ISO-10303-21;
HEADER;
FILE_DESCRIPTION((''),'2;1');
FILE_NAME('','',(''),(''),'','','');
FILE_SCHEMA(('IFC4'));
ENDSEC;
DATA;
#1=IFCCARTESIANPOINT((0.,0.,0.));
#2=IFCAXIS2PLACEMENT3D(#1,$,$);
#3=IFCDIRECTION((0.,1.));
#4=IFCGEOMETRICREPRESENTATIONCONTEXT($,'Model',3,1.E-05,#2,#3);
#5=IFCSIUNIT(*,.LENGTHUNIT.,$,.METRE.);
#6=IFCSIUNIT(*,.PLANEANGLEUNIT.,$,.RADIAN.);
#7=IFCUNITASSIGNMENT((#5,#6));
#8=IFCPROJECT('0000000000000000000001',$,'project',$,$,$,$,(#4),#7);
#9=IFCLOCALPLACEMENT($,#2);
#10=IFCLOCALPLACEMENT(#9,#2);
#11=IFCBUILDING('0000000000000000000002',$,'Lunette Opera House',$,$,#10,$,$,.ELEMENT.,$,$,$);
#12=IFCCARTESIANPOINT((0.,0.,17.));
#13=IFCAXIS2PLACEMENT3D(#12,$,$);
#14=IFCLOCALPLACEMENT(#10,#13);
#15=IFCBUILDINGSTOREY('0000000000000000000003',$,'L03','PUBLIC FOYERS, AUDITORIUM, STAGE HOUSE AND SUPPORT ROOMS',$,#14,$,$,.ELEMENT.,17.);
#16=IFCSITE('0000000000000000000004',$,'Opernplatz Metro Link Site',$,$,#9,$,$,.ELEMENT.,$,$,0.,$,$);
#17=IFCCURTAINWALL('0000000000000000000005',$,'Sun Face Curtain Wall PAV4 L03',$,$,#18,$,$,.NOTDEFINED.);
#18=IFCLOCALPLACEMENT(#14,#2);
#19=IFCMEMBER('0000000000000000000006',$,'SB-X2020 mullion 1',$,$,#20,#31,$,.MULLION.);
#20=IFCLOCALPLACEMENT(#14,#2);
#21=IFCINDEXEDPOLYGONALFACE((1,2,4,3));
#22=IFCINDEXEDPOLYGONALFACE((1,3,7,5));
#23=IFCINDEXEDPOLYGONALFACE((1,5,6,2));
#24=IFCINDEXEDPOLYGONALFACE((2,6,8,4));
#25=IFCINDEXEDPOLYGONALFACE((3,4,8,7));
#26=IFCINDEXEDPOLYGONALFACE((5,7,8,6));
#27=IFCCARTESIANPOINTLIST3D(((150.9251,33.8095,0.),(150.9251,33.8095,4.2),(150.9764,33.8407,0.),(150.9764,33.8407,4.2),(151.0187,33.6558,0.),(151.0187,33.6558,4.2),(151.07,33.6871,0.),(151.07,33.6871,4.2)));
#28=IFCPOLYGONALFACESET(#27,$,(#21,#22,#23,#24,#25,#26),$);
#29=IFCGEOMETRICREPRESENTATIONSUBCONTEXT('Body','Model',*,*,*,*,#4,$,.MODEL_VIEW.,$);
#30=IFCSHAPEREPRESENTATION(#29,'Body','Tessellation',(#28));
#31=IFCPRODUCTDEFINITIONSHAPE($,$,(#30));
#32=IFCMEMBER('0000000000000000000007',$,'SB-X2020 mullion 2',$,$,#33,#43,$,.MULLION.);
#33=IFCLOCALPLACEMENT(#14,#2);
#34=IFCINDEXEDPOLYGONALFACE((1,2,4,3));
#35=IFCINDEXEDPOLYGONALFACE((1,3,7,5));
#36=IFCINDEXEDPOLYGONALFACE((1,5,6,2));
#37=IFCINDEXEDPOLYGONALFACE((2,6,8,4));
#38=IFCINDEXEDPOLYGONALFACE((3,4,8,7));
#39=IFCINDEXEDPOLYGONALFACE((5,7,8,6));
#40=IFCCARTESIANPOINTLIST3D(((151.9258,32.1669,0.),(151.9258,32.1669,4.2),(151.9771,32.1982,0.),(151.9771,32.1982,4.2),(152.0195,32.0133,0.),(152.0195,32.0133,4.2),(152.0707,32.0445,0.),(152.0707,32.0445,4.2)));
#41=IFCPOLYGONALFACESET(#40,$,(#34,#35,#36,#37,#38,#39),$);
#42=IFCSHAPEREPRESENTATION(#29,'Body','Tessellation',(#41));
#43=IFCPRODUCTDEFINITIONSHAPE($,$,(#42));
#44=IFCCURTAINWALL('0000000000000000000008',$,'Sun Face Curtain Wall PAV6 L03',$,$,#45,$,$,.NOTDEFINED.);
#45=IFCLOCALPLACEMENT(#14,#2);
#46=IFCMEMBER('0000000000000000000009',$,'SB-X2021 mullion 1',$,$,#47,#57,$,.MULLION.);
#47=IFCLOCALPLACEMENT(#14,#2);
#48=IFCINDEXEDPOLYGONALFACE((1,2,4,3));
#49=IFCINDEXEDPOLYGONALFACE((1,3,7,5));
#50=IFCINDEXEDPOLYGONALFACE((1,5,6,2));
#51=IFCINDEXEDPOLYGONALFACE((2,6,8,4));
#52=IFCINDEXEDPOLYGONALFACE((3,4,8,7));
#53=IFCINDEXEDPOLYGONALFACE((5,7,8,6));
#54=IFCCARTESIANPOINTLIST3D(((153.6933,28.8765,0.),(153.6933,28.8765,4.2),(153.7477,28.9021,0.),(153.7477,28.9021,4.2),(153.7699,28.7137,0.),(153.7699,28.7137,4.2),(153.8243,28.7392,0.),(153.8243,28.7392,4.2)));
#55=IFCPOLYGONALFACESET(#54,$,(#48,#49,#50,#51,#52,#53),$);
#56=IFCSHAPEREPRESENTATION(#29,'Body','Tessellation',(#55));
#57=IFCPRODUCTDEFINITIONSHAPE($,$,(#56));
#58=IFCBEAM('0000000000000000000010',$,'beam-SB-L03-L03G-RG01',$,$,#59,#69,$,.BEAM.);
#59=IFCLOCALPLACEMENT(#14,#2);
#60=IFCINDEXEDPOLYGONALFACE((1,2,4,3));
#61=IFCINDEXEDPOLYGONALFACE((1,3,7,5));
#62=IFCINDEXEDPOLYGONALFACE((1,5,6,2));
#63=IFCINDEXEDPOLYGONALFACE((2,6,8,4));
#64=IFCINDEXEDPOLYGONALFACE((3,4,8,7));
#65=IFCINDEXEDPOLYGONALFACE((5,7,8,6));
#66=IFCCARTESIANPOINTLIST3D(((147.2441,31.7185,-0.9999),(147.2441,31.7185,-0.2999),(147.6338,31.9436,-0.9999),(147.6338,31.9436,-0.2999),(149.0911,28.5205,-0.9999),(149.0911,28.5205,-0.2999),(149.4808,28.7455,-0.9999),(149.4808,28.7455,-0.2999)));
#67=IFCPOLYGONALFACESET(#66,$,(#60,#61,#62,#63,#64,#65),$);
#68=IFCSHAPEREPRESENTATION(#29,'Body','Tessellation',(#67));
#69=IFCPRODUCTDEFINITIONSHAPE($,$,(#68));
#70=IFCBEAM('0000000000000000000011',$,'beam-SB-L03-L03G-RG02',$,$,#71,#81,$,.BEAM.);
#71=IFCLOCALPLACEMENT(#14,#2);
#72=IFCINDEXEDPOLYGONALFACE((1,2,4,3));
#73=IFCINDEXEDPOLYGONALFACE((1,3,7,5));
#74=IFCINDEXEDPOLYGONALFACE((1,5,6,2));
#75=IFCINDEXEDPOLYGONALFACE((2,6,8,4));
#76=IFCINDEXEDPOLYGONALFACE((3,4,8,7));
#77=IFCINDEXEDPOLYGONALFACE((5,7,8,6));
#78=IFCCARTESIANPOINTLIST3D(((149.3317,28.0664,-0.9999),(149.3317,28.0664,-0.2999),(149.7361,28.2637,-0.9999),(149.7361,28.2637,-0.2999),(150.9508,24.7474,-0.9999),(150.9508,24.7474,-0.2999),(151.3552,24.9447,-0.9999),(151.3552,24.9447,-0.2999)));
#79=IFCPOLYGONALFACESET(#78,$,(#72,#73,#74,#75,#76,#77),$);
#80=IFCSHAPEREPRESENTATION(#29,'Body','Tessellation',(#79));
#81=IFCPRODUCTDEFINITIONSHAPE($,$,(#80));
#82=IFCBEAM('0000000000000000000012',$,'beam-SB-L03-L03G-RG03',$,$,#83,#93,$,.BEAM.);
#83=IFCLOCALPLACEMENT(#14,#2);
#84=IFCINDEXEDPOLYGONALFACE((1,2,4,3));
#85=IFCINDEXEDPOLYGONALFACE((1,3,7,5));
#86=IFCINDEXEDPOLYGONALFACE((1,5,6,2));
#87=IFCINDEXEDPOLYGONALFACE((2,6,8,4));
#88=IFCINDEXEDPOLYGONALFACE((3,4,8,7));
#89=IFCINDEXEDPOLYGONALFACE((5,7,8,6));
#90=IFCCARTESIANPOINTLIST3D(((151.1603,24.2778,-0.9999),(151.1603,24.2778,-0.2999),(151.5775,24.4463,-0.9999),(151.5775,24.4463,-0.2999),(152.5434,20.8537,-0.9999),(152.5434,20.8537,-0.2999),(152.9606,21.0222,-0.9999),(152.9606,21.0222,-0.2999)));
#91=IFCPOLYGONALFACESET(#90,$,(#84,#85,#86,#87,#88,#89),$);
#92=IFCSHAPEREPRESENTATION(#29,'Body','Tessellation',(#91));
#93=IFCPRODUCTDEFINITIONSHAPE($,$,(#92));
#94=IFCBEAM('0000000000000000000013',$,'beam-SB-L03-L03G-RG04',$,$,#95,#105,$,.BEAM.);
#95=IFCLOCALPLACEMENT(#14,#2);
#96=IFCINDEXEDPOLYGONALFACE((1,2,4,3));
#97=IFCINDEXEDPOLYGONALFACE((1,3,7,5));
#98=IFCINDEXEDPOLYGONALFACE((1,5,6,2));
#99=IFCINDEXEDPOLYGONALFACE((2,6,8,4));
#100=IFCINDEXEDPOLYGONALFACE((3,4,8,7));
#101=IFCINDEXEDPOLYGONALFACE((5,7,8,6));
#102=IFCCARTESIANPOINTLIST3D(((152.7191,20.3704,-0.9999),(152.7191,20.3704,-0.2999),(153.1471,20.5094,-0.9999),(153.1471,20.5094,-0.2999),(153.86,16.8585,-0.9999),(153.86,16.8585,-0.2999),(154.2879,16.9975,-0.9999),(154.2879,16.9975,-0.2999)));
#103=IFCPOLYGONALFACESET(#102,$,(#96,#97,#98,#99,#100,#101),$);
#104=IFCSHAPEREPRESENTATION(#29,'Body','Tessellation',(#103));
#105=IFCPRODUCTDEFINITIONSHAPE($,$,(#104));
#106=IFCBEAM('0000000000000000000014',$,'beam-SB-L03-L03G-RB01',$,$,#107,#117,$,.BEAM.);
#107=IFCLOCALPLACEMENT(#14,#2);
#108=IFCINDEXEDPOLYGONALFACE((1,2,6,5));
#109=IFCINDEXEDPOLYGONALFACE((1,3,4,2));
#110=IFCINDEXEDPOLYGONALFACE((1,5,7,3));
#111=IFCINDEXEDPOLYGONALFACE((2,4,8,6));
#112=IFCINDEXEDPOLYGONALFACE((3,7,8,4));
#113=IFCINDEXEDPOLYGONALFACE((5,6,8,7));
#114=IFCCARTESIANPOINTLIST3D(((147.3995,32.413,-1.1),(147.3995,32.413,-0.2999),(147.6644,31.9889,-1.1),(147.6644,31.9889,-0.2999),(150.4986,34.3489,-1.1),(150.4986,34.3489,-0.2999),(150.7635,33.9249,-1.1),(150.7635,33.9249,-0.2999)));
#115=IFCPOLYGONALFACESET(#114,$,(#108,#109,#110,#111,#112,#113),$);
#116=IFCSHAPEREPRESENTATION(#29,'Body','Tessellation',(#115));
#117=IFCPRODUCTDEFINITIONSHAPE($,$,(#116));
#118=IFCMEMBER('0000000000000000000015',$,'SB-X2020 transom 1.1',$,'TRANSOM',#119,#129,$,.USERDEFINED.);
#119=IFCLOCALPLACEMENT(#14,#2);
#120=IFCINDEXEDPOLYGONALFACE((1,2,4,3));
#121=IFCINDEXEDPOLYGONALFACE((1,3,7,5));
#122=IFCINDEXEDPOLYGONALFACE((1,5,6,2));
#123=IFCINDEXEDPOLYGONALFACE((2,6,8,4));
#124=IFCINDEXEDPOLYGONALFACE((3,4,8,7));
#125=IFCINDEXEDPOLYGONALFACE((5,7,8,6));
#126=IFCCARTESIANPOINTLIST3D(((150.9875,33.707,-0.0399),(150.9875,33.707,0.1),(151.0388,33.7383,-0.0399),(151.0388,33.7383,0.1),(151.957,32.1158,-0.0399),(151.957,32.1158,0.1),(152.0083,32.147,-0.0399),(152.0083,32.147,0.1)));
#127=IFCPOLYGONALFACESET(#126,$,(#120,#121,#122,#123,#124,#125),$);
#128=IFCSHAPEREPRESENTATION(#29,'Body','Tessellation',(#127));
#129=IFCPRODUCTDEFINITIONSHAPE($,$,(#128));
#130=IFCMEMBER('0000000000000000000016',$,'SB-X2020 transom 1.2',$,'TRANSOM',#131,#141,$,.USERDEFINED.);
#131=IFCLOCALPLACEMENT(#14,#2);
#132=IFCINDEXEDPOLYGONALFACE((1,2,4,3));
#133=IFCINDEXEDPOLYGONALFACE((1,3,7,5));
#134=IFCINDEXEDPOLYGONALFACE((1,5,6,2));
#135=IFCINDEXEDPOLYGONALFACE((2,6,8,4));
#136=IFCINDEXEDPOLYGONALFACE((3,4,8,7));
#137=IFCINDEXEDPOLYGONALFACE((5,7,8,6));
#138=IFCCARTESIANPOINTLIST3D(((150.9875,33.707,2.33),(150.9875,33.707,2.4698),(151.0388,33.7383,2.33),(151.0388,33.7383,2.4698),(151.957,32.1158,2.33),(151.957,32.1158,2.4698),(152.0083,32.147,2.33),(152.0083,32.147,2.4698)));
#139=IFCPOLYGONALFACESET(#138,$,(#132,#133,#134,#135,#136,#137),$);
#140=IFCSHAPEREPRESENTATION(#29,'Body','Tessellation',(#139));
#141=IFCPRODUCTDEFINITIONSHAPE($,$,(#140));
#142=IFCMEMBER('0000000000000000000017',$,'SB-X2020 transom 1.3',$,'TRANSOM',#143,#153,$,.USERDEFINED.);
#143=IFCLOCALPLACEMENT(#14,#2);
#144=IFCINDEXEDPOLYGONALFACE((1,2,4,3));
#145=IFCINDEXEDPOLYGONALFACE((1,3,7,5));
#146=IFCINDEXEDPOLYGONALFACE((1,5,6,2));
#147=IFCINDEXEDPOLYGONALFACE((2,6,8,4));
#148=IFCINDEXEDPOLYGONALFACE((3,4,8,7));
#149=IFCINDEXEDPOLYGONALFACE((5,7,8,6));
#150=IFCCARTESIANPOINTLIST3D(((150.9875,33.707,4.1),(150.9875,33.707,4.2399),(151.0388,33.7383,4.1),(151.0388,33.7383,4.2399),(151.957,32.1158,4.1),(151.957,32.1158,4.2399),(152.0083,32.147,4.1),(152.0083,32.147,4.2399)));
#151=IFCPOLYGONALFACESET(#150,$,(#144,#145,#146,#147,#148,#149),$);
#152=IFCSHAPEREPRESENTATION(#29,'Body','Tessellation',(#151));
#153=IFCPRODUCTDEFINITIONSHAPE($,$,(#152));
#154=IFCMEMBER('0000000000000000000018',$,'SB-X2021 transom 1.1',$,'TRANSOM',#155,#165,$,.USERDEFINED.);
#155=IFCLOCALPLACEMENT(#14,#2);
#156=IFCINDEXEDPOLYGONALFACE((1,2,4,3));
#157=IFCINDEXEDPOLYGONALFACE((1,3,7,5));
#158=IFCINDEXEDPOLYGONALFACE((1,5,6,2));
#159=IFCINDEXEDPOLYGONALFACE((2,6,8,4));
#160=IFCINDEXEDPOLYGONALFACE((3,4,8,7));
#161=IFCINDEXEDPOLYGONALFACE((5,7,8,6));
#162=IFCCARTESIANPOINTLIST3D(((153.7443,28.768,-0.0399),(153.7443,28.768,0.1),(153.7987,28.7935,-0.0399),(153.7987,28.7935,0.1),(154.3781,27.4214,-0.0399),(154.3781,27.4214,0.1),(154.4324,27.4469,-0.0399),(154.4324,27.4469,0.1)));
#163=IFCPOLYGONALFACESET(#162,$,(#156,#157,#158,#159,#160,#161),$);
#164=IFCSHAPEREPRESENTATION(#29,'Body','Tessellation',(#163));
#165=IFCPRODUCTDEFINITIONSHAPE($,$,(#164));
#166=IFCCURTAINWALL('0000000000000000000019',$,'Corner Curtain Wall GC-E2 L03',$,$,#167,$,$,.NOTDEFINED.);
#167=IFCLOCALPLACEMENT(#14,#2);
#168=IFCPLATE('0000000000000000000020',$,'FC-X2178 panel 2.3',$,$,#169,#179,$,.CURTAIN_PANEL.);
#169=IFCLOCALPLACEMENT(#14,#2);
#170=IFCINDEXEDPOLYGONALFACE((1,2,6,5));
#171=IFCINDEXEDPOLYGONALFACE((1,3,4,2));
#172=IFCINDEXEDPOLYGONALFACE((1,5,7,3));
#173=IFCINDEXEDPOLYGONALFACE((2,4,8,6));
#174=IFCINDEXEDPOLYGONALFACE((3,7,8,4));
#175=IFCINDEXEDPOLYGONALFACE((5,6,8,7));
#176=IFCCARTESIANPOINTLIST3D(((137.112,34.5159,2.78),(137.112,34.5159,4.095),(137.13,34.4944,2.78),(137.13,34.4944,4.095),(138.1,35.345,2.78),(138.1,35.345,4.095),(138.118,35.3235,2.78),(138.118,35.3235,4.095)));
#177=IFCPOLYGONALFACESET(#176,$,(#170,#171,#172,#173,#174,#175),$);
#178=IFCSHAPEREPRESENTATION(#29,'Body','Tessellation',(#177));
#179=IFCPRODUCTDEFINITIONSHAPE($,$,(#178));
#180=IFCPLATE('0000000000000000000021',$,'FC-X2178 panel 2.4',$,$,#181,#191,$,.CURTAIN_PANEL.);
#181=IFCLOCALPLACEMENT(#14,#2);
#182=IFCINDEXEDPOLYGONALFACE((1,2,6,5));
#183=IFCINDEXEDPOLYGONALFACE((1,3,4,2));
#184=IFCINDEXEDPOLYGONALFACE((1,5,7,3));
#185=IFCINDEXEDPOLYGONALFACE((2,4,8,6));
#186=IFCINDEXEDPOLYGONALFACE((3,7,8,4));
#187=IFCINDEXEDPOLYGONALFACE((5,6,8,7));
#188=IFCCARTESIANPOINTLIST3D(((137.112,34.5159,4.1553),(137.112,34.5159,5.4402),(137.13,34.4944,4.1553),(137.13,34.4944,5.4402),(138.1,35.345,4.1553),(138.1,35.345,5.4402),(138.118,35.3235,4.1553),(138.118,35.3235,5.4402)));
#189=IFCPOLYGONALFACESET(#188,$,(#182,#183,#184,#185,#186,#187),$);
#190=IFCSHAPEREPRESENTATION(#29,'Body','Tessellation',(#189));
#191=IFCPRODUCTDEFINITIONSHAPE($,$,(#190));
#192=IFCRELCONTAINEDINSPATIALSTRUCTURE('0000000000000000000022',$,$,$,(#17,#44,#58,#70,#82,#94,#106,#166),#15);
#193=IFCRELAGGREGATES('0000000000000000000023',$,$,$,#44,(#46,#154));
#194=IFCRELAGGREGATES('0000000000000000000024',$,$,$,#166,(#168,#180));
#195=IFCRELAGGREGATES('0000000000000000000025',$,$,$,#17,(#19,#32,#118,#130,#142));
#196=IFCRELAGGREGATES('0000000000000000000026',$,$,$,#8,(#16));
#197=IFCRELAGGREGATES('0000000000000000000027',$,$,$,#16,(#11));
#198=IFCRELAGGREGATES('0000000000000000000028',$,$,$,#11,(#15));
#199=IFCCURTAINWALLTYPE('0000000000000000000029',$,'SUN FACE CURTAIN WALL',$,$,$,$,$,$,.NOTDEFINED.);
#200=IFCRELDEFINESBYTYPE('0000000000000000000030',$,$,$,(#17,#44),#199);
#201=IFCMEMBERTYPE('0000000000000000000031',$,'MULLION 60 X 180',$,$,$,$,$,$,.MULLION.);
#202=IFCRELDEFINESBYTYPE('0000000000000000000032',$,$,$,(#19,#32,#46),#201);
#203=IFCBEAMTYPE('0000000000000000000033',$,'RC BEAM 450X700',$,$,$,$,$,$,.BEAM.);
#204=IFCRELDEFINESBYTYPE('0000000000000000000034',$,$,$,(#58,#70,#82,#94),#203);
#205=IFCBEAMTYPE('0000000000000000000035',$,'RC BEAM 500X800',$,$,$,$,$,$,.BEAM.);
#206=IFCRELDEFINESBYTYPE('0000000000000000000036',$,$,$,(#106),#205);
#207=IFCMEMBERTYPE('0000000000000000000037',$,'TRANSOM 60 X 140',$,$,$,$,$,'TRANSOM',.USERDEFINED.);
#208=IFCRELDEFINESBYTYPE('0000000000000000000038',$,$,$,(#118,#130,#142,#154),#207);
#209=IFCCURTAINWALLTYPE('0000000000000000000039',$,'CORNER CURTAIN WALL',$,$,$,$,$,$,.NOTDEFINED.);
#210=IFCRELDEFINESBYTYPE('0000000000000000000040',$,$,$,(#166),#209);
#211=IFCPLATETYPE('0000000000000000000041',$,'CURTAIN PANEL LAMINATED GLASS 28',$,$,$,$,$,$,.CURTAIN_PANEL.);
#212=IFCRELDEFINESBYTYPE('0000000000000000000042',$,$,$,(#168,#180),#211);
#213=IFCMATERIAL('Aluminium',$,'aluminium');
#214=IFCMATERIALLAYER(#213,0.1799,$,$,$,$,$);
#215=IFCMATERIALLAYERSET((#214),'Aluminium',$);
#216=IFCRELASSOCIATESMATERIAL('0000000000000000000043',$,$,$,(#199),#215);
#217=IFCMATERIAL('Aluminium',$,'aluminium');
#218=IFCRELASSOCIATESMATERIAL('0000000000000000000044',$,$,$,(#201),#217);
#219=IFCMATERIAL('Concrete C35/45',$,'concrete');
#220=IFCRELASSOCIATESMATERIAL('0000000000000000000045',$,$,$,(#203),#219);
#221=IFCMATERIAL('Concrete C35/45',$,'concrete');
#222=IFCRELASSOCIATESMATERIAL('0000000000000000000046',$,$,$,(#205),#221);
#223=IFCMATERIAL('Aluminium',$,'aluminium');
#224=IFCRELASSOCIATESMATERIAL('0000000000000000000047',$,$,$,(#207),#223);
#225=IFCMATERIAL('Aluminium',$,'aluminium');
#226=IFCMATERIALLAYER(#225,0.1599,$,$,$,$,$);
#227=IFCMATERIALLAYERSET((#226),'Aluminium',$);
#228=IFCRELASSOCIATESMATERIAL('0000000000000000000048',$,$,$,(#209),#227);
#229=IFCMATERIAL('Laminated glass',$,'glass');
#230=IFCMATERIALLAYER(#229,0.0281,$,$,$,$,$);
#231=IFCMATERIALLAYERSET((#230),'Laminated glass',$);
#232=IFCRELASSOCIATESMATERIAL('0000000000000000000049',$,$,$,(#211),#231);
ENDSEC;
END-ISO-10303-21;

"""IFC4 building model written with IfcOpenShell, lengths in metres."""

from ifc_helpers import new_model, si_unit, direction, frame, origin, origin_2d, place, context, subcontext, project, spatial, rectangle, extrude, material, layer, layer_set, material_profile, profile_set, type_object, element, aggregate, save


model = new_model("IFC4")

# Units and contexts
model_context = context("Model", 3, precision=1e-05, world=origin(), true_north=direction((0.0, 1.0)))
body_context = subcontext(model_context, "Body", "Model", "MODEL_VIEW")
ifc_project = project(units=[si_unit("LENGTHUNIT", "METRE"), si_unit("PLANEANGLEUNIT", "RADIAN")], contexts=[model_context])

# Site, building, storey
site_placement = place(None, origin())
site = spatial("IfcSite", under=ifc_project, at=site_placement, Name="Opernplatz Metro Link Site", CompositionType="ELEMENT", RefElevation=0.0)
building_placement = place(site_placement, origin())
building = spatial("IfcBuilding", under=site, at=building_placement, Name="Lunette Opera House", CompositionType="ELEMENT")
storey_placement = place(building_placement, frame((0.0, 0.0, 17.0)))
storey = spatial("IfcBuildingStorey", under=building, at=storey_placement, Name="L03", Description="PUBLIC FOYERS, AUDITORIUM, STAGE HOUSE AND SUPPORT ROOMS", CompositionType="ELEMENT", Elevation=17.0)

# Curtain wall, members
ifc_material_1 = material(Name="Aluminium", Category="aluminium")
ifc_layer_1 = layer(ifc_material_1, 0.1799)
ifc_layer_set_1 = layer_set([ifc_layer_1], Name="Aluminium")
curtain_wall_type_1 = type_object("IfcCurtainWallType", Name="SUN FACE CURTAIN WALL", PredefinedType="NOTDEFINED", material=ifc_layer_set_1)
curtain_wall_1_placement = place(storey_placement, origin())
curtain_wall_1 = element("IfcCurtainWall", 1, at=curtain_wall_1_placement, inside=storey, type_object=curtain_wall_type_1, Name="Sun Face Curtain Wall PAV4 L03", PredefinedType="NOTDEFINED")
ifc_material_2 = material(Name="Aluminium", Category="aluminium")
ifc_material_profile_1 = material_profile(ifc_material_2, rectangle(XDim=0.0601, YDim=0.1799, at=origin_2d()), Name="MULLION 60 X 180")
ifc_profile_set_1 = profile_set([ifc_material_profile_1], Name="Aluminium")
member_type_1 = type_object("IfcMemberType", Name="MULLION 60 X 180", PredefinedType="MULLION", material=ifc_profile_set_1)
member_1_placement = place(storey_placement, frame((150.9976, 33.7483, 0.0), z_axis=(0.0, 0.0, 1.0), x_axis=(0.854004, 0.520267, 0.0)))
member_1 = element("IfcMember", 2, at=member_1_placement, type_object=member_type_1, Name="SB-X2020 mullion 1", PredefinedType="MULLION", context=body_context, shape_type="SweptSolid", body=[
    extrude(rectangle(XDim=0.0601, YDim=0.1799, at=origin_2d()), origin(), (0.0, 0.0, 1.0), 4.2),
])
member_2_placement = place(storey_placement, frame((151.9983, 32.1057, 0.0), z_axis=(0.0, 0.0, 1.0), x_axis=(0.854004, 0.520267, 0.0)))
member_2 = element("IfcMember", 3, at=member_2_placement, type_object=member_type_1, Name="SB-X2020 mullion 2", PredefinedType="MULLION", context=body_context, shape_type="SweptSolid", body=[
    extrude(rectangle(XDim=0.0601, YDim=0.1799, at=origin_2d()), origin(), (0.0, 0.0, 1.0), 4.2),
])

# Curtain wall, member
curtain_wall_2_placement = place(storey_placement, origin())
curtain_wall_2 = element("IfcCurtainWall", 4, at=curtain_wall_2_placement, inside=storey, type_object=curtain_wall_type_1, Name="Sun Face Curtain Wall PAV6 L03", PredefinedType="NOTDEFINED")
member_3_placement = place(storey_placement, frame((153.7588, 28.8079, 0.0), z_axis=(0.0, 0.0, 1.0), x_axis=(0.904819, 0.425797, 0.0)))
member_3 = element("IfcMember", 5, at=member_3_placement, type_object=member_type_1, Name="SB-X2021 mullion 1", PredefinedType="MULLION", context=body_context, shape_type="SweptSolid", body=[
    extrude(rectangle(XDim=0.0601, YDim=0.1799, at=origin_2d()), origin(), (0.0, 0.0, 1.0), 4.2),
])

# Beams
ifc_material_3 = material(Name="Concrete C35/45", Category="concrete")
ifc_material_profile_2 = material_profile(ifc_material_3, rectangle(XDim=0.45, YDim=0.7, at=origin_2d()), Name="RC BEAM 450X700")
ifc_profile_set_2 = profile_set([ifc_material_profile_2], Name="Concrete C35/45")
beam_type_1 = type_object("IfcBeamType", Name="RC BEAM 450X700", PredefinedType="BEAM", material=ifc_profile_set_2)
beam_1_placement = place(storey_placement, frame((147.439, 31.8311, -0.6499), z_axis=(0.500113, -0.86596, 0.0), x_axis=(0.86596, 0.500113, 0.0)))
element("IfcBeam", 6, at=beam_1_placement, inside=storey, type_object=beam_type_1, Name="beam-SB-L03-L03G-RG01", PredefinedType="BEAM", context=body_context, shape_type="SweptSolid", body=[
    extrude(rectangle(XDim=0.45, YDim=0.7, at=origin_2d()), origin(), (0.0, 0.0, 1.0), 3.6931),
])
for number, where, z_axis, x_axis, name in (
    (7, (149.5339, 28.165, -0.6499), (0.438439, -0.898761, 0.0), (0.898761, 0.438439, 0.0), "beam-SB-L03-L03G-RG02"),
    (8, (151.3689, 24.3621, -0.6499), (0.374523, -0.927218, 0.0), (0.927218, 0.374523, 0.0), "beam-SB-L03-L03G-RG03"),
):
    element("IfcBeam", number, at=place(storey_placement, frame(where, z_axis=z_axis, x_axis=x_axis)), inside=storey, type_object=beam_type_1, Name=name, PredefinedType="BEAM", context=body_context, shape_type="SweptSolid", body=[
        extrude(rectangle(XDim=0.45, YDim=0.7, at=origin_2d()), origin(), (0.0, 0.0, 1.0), 3.6929),
    ])
beam_2_placement = place(storey_placement, frame((152.9331, 20.4399, -0.6499), z_axis=(0.308959, -0.951075, 0.0), x_axis=(0.951075, 0.308959, 0.0)))
element("IfcBeam", 9, at=beam_2_placement, inside=storey, type_object=beam_type_1, Name="beam-SB-L03-L03G-RG04", PredefinedType="BEAM", context=body_context, shape_type="SweptSolid", body=[
    extrude(rectangle(XDim=0.45, YDim=0.7, at=origin_2d()), origin(), (0.0, 0.0, 1.0), 3.6926),
])
ifc_material_4 = material(Name="Concrete C35/45", Category="concrete")
ifc_material_profile_3 = material_profile(ifc_material_4, rectangle(XDim=0.5, YDim=0.8, at=origin_2d()), Name="RC BEAM 500X800")
ifc_profile_set_3 = profile_set([ifc_material_profile_3], Name="Concrete C35/45")
beam_type_2 = type_object("IfcBeamType", Name="RC BEAM 500X800", PredefinedType="BEAM", material=ifc_profile_set_3)
beam_3_placement = place(storey_placement, frame((147.532, 32.2009, -0.7), z_axis=(0.848111, 0.529819, 0.0), x_axis=(-0.529819, 0.848111, 0.0)))
element("IfcBeam", 10, at=beam_3_placement, inside=storey, type_object=beam_type_2, Name="beam-SB-L03-L03G-RB01", PredefinedType="BEAM", context=body_context, shape_type="SweptSolid", body=[
    extrude(rectangle(XDim=0.5, YDim=0.8, at=origin_2d()), origin(), (0.0, 0.0, 1.0), 3.6541),
])

# Members
ifc_material_5 = material(Name="Aluminium", Category="aluminium")
ifc_material_profile_4 = material_profile(ifc_material_5, rectangle(XDim=0.0601, YDim=0.1399, at=origin_2d()), Name="TRANSOM 60 X 140")
ifc_profile_set_4 = profile_set([ifc_material_profile_4], Name="Aluminium")
member_type_2 = type_object("IfcMemberType", Name="TRANSOM 60 X 140", ElementType="TRANSOM", PredefinedType="USERDEFINED", material=ifc_profile_set_4)
member_4_placement = place(storey_placement, frame((151.0132, 33.7227, 0.03), z_axis=(0.520284, -0.853994, 0.0), x_axis=(0.853994, 0.520284, 0.0)))
member_4 = element("IfcMember", 11, at=member_4_placement, type_object=member_type_2, Name="SB-X2020 transom 1.1", ObjectType="TRANSOM", PredefinedType="USERDEFINED", context=body_context, shape_type="SweptSolid", body=[
    extrude(rectangle(XDim=0.0601, YDim=0.1399, at=origin_2d()), origin(), (0.0, 0.0, 1.0), 1.8633),
])
member_5_placement = place(storey_placement, frame((151.0132, 33.7227, 2.3999), z_axis=(0.520284, -0.853994, 0.0), x_axis=(0.853994, 0.520284, 0.0)))
member_5 = element("IfcMember", 12, at=member_5_placement, type_object=member_type_2, Name="SB-X2020 transom 1.2", ObjectType="TRANSOM", PredefinedType="USERDEFINED", context=body_context, shape_type="SweptSolid", body=[
    extrude(rectangle(XDim=0.0601, YDim=0.1399, at=origin_2d()), origin(), (0.0, 0.0, 1.0), 1.8633),
])
member_6_placement = place(storey_placement, frame((151.0132, 33.7227, 4.1699), z_axis=(0.520284, -0.853994, 0.0), x_axis=(0.853994, 0.520284, 0.0)))
member_6 = element("IfcMember", 13, at=member_6_placement, type_object=member_type_2, Name="SB-X2020 transom 1.3", ObjectType="TRANSOM", PredefinedType="USERDEFINED", context=body_context, shape_type="SweptSolid", body=[
    extrude(rectangle(XDim=0.0601, YDim=0.1399, at=origin_2d()), origin(), (0.0, 0.0, 1.0), 1.8633),
])
member_7_placement = place(storey_placement, frame((153.7715, 28.7808, 0.03), z_axis=(0.425829, -0.904804, 0.0), x_axis=(0.904804, 0.425829, 0.0)))
member_7 = element("IfcMember", 14, at=member_7_placement, type_object=member_type_2, Name="SB-X2021 transom 1.1", ObjectType="TRANSOM", PredefinedType="USERDEFINED", context=body_context, shape_type="SweptSolid", body=[
    extrude(rectangle(XDim=0.0601, YDim=0.1399, at=origin_2d()), origin(), (0.0, 0.0, 1.0), 1.4883),
])
aggregate(curtain_wall_2, [member_3, member_7])

# Curtain wall, plates
ifc_material_6 = material(Name="Aluminium", Category="aluminium")
ifc_layer_2 = layer(ifc_material_6, 0.1599)
ifc_layer_set_2 = layer_set([ifc_layer_2], Name="Aluminium")
curtain_wall_type_2 = type_object("IfcCurtainWallType", Name="CORNER CURTAIN WALL", PredefinedType="NOTDEFINED", material=ifc_layer_set_2)
curtain_wall_3_placement = place(storey_placement, origin())
curtain_wall_3 = element("IfcCurtainWall", 15, at=curtain_wall_3_placement, inside=storey, type_object=curtain_wall_type_2, Name="Corner Curtain Wall GC-E2 L03", PredefinedType="NOTDEFINED")
ifc_material_7 = material(Name="Laminated glass", Category="glass")
ifc_layer_3 = layer(ifc_material_7, 0.0281)
ifc_layer_set_3 = layer_set([ifc_layer_3], Name="Laminated glass")
plate_type = type_object("IfcPlateType", Name="CURTAIN PANEL LAMINATED GLASS 28", PredefinedType="CURTAIN_PANEL", material=ifc_layer_set_3)
plate_1_placement = place(storey_placement, frame((137.615, 34.9197, 2.78), z_axis=(0.0, 0.0, 1.0), x_axis=(0.766, 0.64284, 0.0)))
plate_1 = element("IfcPlate", 16, at=plate_1_placement, type_object=plate_type, Name="FC-X2178 panel 2.3", PredefinedType="CURTAIN_PANEL", context=body_context, shape_type="SweptSolid", body=[
    extrude(rectangle(XDim=1.2898, YDim=0.0281, at=origin_2d()), origin(), (0.0, 0.0, 1.0), 1.3149),
])
plate_2_placement = place(storey_placement, frame((137.615, 34.9197, 4.1553), z_axis=(0.0, 0.0, 1.0), x_axis=(0.766, 0.64284, 0.0)))
plate_2 = element("IfcPlate", 17, at=plate_2_placement, type_object=plate_type, Name="FC-X2178 panel 2.4", PredefinedType="CURTAIN_PANEL", context=body_context, shape_type="SweptSolid", body=[
    extrude(rectangle(XDim=1.2898, YDim=0.0281, at=origin_2d()), origin(), (0.0, 0.0, 1.0), 1.2849),
])
aggregate(curtain_wall_3, [plate_1, plate_2])

aggregate(curtain_wall_1, [member_1, member_2, member_4, member_5, member_6])

save(model, "model.ifc")
